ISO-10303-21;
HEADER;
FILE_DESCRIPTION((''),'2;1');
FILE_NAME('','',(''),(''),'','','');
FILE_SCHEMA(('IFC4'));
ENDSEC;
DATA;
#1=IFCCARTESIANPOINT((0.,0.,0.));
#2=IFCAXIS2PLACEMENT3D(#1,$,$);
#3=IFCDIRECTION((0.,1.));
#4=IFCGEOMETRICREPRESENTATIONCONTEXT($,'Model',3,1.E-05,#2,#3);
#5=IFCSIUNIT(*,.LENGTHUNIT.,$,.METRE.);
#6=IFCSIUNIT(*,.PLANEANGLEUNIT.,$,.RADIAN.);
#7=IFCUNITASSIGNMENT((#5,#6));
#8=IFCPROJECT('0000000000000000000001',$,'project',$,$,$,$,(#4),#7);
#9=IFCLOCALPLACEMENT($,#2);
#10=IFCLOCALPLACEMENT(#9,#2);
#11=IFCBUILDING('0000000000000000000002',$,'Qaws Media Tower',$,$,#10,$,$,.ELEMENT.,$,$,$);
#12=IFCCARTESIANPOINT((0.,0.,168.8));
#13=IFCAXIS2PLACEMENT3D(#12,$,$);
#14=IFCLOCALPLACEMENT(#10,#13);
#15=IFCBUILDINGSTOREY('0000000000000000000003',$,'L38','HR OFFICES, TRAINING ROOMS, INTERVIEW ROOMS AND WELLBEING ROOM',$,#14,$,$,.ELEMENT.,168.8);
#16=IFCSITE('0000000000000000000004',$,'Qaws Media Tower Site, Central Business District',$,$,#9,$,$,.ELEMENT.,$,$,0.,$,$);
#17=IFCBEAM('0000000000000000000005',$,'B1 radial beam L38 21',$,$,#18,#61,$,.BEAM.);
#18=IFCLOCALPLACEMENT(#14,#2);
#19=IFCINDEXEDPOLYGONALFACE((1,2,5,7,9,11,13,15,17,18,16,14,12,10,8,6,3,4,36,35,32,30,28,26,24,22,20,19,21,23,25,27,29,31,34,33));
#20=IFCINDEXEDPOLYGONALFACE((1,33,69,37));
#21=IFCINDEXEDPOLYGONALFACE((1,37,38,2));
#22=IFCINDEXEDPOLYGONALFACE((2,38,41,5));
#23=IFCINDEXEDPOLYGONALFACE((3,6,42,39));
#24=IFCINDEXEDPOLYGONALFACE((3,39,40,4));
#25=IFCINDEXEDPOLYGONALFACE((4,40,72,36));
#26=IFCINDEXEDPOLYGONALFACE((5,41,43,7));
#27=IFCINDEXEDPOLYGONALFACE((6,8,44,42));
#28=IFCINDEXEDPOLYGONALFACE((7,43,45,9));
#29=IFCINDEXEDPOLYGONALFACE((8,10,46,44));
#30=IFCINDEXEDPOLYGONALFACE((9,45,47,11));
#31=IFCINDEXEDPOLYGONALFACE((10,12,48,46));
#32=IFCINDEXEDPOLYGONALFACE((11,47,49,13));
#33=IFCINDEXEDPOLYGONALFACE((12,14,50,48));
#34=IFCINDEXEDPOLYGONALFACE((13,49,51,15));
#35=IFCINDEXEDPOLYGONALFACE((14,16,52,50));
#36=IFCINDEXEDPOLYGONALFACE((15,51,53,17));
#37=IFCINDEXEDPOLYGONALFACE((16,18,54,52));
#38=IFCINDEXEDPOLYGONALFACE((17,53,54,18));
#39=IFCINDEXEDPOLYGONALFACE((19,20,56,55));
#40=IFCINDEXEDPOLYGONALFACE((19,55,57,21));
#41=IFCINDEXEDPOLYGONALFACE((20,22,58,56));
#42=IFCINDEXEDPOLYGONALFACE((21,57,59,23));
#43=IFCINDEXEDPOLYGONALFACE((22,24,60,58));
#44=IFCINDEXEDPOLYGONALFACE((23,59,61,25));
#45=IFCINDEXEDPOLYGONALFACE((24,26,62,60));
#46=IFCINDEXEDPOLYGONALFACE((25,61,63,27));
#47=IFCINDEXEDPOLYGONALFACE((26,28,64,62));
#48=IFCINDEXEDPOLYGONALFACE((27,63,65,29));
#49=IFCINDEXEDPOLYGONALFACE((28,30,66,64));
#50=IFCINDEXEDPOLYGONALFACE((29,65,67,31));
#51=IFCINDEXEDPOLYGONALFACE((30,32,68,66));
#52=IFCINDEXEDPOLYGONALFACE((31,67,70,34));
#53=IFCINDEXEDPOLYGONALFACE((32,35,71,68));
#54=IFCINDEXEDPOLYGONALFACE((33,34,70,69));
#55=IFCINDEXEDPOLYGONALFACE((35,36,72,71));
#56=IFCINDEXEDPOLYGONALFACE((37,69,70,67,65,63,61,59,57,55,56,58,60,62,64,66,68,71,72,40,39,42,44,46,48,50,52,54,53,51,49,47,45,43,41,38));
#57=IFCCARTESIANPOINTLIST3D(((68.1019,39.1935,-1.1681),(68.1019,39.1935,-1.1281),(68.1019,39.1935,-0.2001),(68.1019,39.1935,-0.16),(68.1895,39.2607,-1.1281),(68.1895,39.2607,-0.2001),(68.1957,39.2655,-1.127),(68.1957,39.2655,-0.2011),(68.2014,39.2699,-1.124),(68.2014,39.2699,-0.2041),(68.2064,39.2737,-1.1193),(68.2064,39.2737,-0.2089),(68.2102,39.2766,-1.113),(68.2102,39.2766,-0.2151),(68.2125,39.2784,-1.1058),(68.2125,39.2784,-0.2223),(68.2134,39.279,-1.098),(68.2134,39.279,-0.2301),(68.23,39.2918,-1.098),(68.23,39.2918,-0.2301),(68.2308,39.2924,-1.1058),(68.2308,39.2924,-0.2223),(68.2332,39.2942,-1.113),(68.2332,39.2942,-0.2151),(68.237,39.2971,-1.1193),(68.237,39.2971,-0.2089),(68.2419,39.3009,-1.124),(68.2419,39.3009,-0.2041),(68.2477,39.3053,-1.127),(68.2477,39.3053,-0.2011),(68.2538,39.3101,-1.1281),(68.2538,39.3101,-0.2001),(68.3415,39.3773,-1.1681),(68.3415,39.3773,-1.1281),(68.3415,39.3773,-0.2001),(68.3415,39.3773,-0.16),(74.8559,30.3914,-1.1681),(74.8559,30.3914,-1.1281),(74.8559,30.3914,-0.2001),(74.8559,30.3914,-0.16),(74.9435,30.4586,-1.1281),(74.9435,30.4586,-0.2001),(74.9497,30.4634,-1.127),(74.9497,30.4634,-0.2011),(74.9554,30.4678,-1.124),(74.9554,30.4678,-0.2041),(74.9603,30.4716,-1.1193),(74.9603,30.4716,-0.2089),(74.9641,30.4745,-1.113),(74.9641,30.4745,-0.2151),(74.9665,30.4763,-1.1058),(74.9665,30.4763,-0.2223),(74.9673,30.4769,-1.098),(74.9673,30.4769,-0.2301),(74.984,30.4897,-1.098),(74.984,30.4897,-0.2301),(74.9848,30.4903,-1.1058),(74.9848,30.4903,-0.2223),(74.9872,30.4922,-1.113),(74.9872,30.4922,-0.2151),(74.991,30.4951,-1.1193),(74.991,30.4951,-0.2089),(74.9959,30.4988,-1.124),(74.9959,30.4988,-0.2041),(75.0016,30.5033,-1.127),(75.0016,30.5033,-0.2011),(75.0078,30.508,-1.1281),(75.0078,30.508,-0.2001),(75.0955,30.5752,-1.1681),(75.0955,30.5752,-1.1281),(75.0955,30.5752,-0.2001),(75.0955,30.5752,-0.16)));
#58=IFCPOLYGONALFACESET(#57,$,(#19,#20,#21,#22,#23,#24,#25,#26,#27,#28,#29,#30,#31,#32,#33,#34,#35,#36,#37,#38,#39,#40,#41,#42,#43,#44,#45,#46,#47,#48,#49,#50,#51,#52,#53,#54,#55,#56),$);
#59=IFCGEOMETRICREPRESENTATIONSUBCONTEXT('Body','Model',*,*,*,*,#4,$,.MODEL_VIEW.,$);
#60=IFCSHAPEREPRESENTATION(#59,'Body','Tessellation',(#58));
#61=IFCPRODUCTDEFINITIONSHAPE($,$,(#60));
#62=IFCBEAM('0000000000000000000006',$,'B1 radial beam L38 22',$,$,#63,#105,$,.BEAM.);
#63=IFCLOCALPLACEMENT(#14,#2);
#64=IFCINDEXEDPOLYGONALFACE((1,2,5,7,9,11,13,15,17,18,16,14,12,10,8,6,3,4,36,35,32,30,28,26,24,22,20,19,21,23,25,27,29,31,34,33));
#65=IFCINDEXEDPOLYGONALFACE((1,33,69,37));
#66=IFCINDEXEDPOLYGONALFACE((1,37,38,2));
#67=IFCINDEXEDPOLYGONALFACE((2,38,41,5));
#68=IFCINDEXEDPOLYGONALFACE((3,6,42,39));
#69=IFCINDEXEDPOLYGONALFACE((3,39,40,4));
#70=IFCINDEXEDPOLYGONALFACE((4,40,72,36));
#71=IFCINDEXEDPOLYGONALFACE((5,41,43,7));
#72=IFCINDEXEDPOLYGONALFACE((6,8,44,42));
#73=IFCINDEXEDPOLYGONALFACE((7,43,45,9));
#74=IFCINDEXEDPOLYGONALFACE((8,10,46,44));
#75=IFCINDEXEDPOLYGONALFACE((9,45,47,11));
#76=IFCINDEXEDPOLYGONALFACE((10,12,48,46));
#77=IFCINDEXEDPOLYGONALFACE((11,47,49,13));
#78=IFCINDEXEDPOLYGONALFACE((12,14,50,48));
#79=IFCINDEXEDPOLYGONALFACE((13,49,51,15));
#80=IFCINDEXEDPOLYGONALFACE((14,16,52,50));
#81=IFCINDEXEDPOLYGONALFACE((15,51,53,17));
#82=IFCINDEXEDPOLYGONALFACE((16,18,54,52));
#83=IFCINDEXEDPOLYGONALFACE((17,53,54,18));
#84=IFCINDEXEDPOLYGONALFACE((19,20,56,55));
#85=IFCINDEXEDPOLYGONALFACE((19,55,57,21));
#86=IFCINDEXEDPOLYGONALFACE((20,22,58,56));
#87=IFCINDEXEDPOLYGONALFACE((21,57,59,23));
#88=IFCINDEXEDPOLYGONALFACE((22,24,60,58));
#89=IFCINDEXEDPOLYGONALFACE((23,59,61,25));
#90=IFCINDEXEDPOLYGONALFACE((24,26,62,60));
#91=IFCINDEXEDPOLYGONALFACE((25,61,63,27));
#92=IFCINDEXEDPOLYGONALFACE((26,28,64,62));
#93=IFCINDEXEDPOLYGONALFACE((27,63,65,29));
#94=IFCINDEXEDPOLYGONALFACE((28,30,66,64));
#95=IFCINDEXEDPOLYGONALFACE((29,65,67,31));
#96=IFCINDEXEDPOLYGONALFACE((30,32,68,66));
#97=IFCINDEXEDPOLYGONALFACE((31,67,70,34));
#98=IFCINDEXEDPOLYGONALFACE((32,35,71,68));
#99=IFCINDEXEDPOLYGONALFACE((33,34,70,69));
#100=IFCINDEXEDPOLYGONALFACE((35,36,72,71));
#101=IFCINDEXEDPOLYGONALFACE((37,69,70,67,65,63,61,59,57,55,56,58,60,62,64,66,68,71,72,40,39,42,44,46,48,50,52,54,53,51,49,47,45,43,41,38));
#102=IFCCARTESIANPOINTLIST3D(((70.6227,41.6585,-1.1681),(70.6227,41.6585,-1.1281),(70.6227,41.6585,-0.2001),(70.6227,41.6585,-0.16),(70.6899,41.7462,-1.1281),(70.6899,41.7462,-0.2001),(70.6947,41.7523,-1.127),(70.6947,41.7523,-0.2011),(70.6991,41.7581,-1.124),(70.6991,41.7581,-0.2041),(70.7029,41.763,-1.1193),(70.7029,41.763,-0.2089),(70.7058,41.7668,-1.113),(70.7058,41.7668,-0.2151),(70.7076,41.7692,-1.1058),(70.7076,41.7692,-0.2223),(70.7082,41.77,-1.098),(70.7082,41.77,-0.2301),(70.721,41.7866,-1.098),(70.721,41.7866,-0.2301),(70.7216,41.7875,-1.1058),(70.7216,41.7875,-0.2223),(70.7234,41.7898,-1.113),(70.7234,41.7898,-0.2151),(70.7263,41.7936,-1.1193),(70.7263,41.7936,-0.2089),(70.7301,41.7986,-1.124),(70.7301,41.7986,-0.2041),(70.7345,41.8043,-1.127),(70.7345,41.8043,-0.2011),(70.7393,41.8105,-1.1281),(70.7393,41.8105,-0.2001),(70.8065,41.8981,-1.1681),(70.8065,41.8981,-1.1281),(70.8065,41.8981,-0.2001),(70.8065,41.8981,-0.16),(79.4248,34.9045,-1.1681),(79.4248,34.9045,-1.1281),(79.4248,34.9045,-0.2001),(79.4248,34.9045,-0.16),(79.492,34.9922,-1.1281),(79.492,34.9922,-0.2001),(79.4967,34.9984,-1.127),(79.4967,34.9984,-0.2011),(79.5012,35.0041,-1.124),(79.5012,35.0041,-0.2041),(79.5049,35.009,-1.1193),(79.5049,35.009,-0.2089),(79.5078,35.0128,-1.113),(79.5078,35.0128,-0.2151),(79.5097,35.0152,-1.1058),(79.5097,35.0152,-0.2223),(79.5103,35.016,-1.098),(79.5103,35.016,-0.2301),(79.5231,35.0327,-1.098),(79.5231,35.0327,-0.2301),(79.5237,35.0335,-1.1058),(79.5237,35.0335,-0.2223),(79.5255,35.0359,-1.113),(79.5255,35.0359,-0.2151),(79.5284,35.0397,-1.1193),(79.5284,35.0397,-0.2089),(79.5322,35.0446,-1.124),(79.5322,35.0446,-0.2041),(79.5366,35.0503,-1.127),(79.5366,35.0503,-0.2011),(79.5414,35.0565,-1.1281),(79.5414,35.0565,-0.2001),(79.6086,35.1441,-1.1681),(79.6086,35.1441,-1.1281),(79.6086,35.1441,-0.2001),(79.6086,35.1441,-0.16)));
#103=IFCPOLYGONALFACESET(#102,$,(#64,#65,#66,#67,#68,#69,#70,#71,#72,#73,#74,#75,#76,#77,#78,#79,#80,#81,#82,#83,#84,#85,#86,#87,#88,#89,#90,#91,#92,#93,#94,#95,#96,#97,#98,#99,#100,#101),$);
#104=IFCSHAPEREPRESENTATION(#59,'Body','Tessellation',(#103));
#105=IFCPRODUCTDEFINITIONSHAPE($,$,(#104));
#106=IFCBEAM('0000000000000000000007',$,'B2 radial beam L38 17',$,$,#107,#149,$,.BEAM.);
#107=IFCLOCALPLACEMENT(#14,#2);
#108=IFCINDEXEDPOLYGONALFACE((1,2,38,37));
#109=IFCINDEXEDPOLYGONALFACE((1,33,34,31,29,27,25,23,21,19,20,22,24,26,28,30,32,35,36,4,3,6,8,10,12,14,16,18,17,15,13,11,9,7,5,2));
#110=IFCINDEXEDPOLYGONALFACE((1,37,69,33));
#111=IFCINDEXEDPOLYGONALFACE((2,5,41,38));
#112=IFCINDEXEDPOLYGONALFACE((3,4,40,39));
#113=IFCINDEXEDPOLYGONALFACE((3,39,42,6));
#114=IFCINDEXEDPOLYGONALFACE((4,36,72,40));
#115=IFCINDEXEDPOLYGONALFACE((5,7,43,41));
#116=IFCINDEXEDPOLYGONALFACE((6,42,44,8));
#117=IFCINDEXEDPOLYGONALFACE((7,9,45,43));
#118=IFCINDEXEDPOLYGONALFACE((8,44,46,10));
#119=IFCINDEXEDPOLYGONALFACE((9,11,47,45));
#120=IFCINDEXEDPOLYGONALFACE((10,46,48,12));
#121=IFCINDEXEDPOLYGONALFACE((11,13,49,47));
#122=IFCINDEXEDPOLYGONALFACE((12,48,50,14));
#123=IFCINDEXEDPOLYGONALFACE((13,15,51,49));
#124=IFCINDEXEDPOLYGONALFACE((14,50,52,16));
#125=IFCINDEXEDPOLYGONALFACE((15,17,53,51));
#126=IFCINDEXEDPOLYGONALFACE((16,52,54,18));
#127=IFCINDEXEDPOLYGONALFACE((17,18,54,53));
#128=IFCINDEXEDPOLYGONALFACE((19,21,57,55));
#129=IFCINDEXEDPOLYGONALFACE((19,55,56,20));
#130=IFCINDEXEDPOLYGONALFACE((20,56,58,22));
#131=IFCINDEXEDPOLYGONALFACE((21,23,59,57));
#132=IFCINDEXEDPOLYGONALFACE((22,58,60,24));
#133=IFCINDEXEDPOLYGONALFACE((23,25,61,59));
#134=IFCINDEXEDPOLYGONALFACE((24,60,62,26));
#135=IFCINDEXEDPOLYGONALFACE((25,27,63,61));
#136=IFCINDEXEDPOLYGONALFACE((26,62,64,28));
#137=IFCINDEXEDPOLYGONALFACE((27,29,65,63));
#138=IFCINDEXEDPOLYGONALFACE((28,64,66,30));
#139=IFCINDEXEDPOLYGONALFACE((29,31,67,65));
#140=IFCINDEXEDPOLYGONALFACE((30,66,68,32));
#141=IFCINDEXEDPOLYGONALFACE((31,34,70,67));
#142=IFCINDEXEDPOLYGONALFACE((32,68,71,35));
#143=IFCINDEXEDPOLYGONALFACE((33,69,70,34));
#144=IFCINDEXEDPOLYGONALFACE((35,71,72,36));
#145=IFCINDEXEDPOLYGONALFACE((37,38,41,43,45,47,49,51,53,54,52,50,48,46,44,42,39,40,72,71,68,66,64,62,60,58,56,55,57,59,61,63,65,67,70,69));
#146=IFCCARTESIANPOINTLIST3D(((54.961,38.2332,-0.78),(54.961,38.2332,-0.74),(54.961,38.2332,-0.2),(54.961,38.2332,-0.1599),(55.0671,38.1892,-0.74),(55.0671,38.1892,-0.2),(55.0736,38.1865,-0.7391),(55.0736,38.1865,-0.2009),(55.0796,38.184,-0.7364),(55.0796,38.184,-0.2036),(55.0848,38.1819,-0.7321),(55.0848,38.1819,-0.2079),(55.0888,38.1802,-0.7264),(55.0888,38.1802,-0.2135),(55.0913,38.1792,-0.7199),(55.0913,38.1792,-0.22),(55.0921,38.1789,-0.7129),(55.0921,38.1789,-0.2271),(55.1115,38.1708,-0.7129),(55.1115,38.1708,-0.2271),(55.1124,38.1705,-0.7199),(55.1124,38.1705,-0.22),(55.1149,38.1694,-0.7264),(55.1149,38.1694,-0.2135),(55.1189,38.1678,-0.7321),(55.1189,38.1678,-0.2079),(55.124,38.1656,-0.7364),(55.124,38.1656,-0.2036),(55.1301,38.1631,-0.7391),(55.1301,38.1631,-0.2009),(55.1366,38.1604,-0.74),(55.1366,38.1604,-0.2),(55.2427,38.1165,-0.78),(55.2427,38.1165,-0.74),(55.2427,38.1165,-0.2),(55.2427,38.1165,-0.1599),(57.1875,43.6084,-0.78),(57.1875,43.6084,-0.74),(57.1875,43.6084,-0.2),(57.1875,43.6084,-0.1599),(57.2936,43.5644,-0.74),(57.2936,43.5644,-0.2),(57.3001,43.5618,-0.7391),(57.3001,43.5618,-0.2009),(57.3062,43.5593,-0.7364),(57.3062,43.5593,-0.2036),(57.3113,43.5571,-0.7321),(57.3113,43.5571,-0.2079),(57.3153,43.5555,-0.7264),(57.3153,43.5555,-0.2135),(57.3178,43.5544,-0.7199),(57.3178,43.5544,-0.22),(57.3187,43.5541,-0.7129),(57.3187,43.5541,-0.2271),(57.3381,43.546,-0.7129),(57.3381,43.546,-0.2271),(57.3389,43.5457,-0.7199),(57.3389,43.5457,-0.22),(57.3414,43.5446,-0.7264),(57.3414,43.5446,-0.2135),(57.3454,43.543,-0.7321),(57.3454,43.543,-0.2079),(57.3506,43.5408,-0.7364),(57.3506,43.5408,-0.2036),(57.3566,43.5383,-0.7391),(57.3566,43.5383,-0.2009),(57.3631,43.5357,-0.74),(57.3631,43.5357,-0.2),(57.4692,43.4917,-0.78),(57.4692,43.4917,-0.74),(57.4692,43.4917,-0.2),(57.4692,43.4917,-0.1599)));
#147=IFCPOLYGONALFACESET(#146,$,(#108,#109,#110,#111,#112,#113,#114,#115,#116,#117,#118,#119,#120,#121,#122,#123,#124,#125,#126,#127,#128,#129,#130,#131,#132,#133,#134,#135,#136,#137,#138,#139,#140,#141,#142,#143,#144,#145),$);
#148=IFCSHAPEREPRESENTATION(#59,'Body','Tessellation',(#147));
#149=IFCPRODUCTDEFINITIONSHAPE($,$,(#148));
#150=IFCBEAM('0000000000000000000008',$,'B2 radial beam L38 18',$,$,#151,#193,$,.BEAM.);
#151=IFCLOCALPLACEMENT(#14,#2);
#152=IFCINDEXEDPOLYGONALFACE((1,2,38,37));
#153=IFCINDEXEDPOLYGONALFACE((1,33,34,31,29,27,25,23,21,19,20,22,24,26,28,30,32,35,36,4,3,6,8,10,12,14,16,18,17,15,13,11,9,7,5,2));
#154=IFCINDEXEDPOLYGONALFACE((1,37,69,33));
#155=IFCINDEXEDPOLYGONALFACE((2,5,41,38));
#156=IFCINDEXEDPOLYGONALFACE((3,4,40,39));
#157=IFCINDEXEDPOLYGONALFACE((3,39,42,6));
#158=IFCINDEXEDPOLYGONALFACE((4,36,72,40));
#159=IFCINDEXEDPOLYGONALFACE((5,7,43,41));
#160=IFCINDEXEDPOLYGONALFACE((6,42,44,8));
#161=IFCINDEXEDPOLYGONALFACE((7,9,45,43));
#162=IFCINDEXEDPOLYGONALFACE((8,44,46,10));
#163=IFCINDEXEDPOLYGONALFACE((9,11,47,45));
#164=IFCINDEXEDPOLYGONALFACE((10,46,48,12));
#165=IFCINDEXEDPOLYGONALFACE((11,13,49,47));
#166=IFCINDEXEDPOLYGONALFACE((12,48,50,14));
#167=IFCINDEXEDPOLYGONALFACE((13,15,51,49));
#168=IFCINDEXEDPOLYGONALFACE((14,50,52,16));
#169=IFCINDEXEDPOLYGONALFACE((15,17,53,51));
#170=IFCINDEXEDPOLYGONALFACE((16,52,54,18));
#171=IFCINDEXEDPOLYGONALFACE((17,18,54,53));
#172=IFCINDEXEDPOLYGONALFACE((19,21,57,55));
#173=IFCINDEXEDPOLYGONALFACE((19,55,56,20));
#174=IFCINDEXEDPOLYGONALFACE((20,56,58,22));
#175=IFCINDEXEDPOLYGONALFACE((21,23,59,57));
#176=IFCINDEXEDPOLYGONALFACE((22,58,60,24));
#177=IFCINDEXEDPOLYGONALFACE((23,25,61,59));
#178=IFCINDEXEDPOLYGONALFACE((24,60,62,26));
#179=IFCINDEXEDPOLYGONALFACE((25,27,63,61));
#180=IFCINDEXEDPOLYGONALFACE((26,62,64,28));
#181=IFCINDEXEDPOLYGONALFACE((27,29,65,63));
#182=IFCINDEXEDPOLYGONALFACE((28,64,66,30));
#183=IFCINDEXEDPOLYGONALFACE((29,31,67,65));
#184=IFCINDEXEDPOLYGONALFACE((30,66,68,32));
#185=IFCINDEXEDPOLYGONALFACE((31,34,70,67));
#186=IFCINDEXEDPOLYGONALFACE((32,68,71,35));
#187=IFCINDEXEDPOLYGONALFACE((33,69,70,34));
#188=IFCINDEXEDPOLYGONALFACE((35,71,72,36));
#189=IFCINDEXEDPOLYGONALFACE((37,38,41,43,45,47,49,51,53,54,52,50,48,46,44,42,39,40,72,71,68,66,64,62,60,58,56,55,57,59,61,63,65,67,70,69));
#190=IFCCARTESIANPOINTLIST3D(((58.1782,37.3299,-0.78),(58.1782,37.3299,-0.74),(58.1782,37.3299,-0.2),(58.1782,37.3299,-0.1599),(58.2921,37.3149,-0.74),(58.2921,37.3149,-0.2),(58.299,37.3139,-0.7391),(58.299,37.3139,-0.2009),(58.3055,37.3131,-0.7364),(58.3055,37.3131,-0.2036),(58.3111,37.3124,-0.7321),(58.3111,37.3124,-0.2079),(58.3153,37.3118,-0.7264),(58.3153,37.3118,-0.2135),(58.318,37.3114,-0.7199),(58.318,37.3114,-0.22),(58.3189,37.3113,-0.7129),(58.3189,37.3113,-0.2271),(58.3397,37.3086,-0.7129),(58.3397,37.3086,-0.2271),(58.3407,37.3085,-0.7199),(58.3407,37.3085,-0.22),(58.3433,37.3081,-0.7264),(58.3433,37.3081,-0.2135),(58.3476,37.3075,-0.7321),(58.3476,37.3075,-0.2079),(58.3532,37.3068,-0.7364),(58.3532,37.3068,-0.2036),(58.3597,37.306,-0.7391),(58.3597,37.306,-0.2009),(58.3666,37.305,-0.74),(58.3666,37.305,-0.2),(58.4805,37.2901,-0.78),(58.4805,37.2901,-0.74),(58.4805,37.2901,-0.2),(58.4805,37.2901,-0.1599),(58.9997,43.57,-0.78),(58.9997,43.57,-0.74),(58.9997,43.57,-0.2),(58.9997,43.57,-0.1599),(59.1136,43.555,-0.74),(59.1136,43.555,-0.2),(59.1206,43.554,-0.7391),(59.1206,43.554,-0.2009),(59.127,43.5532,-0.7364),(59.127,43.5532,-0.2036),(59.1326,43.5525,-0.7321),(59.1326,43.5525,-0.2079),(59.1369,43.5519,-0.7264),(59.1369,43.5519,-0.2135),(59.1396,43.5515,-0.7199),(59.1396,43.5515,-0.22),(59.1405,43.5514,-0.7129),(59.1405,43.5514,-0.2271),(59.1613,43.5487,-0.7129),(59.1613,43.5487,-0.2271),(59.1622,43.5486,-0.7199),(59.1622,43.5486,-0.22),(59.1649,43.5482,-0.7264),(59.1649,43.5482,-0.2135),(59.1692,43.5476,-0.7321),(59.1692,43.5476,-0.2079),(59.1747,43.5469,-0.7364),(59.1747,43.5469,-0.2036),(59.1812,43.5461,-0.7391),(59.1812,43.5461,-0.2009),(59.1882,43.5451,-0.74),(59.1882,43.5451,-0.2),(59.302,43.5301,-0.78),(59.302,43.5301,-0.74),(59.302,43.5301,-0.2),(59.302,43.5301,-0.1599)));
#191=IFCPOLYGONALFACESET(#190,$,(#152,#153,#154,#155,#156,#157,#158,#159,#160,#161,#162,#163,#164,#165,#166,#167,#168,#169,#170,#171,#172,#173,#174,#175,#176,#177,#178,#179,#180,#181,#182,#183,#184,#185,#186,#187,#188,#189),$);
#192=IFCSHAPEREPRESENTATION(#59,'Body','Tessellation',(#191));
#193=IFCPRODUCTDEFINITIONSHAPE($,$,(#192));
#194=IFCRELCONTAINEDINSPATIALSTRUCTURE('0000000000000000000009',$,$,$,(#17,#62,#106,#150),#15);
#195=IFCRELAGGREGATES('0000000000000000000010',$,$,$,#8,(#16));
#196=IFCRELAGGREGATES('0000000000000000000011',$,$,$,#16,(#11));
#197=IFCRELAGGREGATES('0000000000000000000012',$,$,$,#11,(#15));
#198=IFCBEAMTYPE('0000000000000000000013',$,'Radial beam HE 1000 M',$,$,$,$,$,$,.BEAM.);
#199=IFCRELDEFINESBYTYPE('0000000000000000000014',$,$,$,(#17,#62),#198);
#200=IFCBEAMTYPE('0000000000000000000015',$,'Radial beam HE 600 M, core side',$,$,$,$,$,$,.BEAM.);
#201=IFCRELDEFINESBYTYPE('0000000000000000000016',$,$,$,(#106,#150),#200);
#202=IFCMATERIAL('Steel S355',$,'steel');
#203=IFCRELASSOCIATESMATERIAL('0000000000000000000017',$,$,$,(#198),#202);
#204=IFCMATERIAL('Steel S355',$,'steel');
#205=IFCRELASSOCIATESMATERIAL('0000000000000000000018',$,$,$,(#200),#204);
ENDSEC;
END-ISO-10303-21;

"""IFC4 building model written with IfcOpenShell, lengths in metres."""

from ifc_helpers import new_model, si_unit, direction, frame, origin, origin_2d, place, context, subcontext, project, spatial, i_section, extrude, material, material_profile, profile_set, type_object, element, save


model = new_model("IFC4")

# Units and contexts
model_context = context("Model", 3, precision=1e-05, world=origin(), true_north=direction((0.0, 1.0)))
body_context = subcontext(model_context, "Body", "Model", "MODEL_VIEW")
ifc_project = project(units=[si_unit("LENGTHUNIT", "METRE"), si_unit("PLANEANGLEUNIT", "RADIAN")], contexts=[model_context])

# Site, building, storey
site_placement = place(None, origin())
site = spatial("IfcSite", under=ifc_project, at=site_placement, Name="Qaws Media Tower Site, Central Business District", CompositionType="ELEMENT", RefElevation=0.0)
building_placement = place(site_placement, origin())
building = spatial("IfcBuilding", under=site, at=building_placement, Name="Qaws Media Tower", CompositionType="ELEMENT")
storey_placement = place(building_placement, frame((0.0, 0.0, 168.8)))
storey = spatial("IfcBuildingStorey", under=building, at=storey_placement, Name="L38", Description="HR OFFICES, TRAINING ROOMS, INTERVIEW ROOMS AND WELLBEING ROOM", CompositionType="ELEMENT", Elevation=168.8)

# Beams
ifc_material_1 = material(Name="Steel S355", Category="steel")
ifc_material_profile_1 = material_profile(ifc_material_1, i_section(OverallWidth=0.302, OverallDepth=1.0081, WebThickness=0.021, FlangeThickness=0.04, FilletRadius=0.03, at=origin_2d()), Name="HE 1000 M")
ifc_profile_set_1 = profile_set([ifc_material_profile_1], Name="Steel S355")
beam_type_1 = type_object("IfcBeamType", Name="Radial beam HE 1000 M", PredefinedType="BEAM", material=ifc_profile_set_1)
for number, where, z_axis, x_axis, name in (
    (1, (68.2217, 39.2854, -0.6641), (0.608755, -0.793358, 0.0), (0.793358, 0.608755, 0.0), "B1 radial beam L38 21"),
    (2, (70.7146, 41.7783, -0.6641), (0.793358, -0.608755, 0.0), (0.608755, 0.793358, 0.0), "B1 radial beam L38 22"),
):
    element("IfcBeam", number, at=place(storey_placement, frame(where, z_axis=z_axis, x_axis=x_axis)), inside=storey, type_object=beam_type_1, Name=name, PredefinedType="BEAM", context=body_context, shape_type="SweptSolid", body=[
        extrude(i_section(OverallWidth=0.302, OverallDepth=1.0081, WebThickness=0.021, FlangeThickness=0.04, FilletRadius=0.03, at=origin_2d()), origin(), (0.0, 0.0, 1.0), 11.0947),
    ])
ifc_material_2 = material(Name="Steel S355", Category="steel")
ifc_material_profile_2 = material_profile(ifc_material_2, i_section(OverallWidth=0.3049, OverallDepth=0.6201, WebThickness=0.021, FlangeThickness=0.04, FilletRadius=0.0271, at=origin_2d()), Name="HE 600 M")
ifc_profile_set_2 = profile_set([ifc_material_profile_2], Name="Steel S355")
beam_type_2 = type_object("IfcBeamType", Name="Radial beam HE 600 M, core side", PredefinedType="BEAM", material=ifc_profile_set_2)
beam_1_placement = place(storey_placement, frame((57.3284, 43.55, -0.47), z_axis=(-0.382693, -0.923876, 0.0), x_axis=(0.923876, -0.382693, 0.0)))
element("IfcBeam", 3, at=beam_1_placement, inside=storey, type_object=beam_type_2, Name="B2 radial beam L38 17", PredefinedType="BEAM", context=body_context, shape_type="SweptSolid", body=[
    extrude(i_section(OverallWidth=0.3049, OverallDepth=0.6201, WebThickness=0.021, FlangeThickness=0.04, FilletRadius=0.0271, at=origin_2d()), origin(), (0.0, 0.0, 1.0), 5.8181),
])
for number, where, z_axis, x_axis, name in (
    (4, (59.1509, 43.55, -0.47), (-0.13053, -0.991444, 0.0), (0.991444, -0.13053, 0.0), "B2 radial beam L38 18"),
):
    element("IfcBeam", number, at=place(storey_placement, frame(where, z_axis=z_axis, x_axis=x_axis)), inside=storey, type_object=beam_type_2, Name=name, PredefinedType="BEAM", context=body_context, shape_type="SweptSolid", body=[
        extrude(i_section(OverallWidth=0.3049, OverallDepth=0.6201, WebThickness=0.021, FlangeThickness=0.04, FilletRadius=0.0271, at=origin_2d()), origin(), (0.0, 0.0, 1.0), 6.2939),
    ])

save(model, "model.ifc")
